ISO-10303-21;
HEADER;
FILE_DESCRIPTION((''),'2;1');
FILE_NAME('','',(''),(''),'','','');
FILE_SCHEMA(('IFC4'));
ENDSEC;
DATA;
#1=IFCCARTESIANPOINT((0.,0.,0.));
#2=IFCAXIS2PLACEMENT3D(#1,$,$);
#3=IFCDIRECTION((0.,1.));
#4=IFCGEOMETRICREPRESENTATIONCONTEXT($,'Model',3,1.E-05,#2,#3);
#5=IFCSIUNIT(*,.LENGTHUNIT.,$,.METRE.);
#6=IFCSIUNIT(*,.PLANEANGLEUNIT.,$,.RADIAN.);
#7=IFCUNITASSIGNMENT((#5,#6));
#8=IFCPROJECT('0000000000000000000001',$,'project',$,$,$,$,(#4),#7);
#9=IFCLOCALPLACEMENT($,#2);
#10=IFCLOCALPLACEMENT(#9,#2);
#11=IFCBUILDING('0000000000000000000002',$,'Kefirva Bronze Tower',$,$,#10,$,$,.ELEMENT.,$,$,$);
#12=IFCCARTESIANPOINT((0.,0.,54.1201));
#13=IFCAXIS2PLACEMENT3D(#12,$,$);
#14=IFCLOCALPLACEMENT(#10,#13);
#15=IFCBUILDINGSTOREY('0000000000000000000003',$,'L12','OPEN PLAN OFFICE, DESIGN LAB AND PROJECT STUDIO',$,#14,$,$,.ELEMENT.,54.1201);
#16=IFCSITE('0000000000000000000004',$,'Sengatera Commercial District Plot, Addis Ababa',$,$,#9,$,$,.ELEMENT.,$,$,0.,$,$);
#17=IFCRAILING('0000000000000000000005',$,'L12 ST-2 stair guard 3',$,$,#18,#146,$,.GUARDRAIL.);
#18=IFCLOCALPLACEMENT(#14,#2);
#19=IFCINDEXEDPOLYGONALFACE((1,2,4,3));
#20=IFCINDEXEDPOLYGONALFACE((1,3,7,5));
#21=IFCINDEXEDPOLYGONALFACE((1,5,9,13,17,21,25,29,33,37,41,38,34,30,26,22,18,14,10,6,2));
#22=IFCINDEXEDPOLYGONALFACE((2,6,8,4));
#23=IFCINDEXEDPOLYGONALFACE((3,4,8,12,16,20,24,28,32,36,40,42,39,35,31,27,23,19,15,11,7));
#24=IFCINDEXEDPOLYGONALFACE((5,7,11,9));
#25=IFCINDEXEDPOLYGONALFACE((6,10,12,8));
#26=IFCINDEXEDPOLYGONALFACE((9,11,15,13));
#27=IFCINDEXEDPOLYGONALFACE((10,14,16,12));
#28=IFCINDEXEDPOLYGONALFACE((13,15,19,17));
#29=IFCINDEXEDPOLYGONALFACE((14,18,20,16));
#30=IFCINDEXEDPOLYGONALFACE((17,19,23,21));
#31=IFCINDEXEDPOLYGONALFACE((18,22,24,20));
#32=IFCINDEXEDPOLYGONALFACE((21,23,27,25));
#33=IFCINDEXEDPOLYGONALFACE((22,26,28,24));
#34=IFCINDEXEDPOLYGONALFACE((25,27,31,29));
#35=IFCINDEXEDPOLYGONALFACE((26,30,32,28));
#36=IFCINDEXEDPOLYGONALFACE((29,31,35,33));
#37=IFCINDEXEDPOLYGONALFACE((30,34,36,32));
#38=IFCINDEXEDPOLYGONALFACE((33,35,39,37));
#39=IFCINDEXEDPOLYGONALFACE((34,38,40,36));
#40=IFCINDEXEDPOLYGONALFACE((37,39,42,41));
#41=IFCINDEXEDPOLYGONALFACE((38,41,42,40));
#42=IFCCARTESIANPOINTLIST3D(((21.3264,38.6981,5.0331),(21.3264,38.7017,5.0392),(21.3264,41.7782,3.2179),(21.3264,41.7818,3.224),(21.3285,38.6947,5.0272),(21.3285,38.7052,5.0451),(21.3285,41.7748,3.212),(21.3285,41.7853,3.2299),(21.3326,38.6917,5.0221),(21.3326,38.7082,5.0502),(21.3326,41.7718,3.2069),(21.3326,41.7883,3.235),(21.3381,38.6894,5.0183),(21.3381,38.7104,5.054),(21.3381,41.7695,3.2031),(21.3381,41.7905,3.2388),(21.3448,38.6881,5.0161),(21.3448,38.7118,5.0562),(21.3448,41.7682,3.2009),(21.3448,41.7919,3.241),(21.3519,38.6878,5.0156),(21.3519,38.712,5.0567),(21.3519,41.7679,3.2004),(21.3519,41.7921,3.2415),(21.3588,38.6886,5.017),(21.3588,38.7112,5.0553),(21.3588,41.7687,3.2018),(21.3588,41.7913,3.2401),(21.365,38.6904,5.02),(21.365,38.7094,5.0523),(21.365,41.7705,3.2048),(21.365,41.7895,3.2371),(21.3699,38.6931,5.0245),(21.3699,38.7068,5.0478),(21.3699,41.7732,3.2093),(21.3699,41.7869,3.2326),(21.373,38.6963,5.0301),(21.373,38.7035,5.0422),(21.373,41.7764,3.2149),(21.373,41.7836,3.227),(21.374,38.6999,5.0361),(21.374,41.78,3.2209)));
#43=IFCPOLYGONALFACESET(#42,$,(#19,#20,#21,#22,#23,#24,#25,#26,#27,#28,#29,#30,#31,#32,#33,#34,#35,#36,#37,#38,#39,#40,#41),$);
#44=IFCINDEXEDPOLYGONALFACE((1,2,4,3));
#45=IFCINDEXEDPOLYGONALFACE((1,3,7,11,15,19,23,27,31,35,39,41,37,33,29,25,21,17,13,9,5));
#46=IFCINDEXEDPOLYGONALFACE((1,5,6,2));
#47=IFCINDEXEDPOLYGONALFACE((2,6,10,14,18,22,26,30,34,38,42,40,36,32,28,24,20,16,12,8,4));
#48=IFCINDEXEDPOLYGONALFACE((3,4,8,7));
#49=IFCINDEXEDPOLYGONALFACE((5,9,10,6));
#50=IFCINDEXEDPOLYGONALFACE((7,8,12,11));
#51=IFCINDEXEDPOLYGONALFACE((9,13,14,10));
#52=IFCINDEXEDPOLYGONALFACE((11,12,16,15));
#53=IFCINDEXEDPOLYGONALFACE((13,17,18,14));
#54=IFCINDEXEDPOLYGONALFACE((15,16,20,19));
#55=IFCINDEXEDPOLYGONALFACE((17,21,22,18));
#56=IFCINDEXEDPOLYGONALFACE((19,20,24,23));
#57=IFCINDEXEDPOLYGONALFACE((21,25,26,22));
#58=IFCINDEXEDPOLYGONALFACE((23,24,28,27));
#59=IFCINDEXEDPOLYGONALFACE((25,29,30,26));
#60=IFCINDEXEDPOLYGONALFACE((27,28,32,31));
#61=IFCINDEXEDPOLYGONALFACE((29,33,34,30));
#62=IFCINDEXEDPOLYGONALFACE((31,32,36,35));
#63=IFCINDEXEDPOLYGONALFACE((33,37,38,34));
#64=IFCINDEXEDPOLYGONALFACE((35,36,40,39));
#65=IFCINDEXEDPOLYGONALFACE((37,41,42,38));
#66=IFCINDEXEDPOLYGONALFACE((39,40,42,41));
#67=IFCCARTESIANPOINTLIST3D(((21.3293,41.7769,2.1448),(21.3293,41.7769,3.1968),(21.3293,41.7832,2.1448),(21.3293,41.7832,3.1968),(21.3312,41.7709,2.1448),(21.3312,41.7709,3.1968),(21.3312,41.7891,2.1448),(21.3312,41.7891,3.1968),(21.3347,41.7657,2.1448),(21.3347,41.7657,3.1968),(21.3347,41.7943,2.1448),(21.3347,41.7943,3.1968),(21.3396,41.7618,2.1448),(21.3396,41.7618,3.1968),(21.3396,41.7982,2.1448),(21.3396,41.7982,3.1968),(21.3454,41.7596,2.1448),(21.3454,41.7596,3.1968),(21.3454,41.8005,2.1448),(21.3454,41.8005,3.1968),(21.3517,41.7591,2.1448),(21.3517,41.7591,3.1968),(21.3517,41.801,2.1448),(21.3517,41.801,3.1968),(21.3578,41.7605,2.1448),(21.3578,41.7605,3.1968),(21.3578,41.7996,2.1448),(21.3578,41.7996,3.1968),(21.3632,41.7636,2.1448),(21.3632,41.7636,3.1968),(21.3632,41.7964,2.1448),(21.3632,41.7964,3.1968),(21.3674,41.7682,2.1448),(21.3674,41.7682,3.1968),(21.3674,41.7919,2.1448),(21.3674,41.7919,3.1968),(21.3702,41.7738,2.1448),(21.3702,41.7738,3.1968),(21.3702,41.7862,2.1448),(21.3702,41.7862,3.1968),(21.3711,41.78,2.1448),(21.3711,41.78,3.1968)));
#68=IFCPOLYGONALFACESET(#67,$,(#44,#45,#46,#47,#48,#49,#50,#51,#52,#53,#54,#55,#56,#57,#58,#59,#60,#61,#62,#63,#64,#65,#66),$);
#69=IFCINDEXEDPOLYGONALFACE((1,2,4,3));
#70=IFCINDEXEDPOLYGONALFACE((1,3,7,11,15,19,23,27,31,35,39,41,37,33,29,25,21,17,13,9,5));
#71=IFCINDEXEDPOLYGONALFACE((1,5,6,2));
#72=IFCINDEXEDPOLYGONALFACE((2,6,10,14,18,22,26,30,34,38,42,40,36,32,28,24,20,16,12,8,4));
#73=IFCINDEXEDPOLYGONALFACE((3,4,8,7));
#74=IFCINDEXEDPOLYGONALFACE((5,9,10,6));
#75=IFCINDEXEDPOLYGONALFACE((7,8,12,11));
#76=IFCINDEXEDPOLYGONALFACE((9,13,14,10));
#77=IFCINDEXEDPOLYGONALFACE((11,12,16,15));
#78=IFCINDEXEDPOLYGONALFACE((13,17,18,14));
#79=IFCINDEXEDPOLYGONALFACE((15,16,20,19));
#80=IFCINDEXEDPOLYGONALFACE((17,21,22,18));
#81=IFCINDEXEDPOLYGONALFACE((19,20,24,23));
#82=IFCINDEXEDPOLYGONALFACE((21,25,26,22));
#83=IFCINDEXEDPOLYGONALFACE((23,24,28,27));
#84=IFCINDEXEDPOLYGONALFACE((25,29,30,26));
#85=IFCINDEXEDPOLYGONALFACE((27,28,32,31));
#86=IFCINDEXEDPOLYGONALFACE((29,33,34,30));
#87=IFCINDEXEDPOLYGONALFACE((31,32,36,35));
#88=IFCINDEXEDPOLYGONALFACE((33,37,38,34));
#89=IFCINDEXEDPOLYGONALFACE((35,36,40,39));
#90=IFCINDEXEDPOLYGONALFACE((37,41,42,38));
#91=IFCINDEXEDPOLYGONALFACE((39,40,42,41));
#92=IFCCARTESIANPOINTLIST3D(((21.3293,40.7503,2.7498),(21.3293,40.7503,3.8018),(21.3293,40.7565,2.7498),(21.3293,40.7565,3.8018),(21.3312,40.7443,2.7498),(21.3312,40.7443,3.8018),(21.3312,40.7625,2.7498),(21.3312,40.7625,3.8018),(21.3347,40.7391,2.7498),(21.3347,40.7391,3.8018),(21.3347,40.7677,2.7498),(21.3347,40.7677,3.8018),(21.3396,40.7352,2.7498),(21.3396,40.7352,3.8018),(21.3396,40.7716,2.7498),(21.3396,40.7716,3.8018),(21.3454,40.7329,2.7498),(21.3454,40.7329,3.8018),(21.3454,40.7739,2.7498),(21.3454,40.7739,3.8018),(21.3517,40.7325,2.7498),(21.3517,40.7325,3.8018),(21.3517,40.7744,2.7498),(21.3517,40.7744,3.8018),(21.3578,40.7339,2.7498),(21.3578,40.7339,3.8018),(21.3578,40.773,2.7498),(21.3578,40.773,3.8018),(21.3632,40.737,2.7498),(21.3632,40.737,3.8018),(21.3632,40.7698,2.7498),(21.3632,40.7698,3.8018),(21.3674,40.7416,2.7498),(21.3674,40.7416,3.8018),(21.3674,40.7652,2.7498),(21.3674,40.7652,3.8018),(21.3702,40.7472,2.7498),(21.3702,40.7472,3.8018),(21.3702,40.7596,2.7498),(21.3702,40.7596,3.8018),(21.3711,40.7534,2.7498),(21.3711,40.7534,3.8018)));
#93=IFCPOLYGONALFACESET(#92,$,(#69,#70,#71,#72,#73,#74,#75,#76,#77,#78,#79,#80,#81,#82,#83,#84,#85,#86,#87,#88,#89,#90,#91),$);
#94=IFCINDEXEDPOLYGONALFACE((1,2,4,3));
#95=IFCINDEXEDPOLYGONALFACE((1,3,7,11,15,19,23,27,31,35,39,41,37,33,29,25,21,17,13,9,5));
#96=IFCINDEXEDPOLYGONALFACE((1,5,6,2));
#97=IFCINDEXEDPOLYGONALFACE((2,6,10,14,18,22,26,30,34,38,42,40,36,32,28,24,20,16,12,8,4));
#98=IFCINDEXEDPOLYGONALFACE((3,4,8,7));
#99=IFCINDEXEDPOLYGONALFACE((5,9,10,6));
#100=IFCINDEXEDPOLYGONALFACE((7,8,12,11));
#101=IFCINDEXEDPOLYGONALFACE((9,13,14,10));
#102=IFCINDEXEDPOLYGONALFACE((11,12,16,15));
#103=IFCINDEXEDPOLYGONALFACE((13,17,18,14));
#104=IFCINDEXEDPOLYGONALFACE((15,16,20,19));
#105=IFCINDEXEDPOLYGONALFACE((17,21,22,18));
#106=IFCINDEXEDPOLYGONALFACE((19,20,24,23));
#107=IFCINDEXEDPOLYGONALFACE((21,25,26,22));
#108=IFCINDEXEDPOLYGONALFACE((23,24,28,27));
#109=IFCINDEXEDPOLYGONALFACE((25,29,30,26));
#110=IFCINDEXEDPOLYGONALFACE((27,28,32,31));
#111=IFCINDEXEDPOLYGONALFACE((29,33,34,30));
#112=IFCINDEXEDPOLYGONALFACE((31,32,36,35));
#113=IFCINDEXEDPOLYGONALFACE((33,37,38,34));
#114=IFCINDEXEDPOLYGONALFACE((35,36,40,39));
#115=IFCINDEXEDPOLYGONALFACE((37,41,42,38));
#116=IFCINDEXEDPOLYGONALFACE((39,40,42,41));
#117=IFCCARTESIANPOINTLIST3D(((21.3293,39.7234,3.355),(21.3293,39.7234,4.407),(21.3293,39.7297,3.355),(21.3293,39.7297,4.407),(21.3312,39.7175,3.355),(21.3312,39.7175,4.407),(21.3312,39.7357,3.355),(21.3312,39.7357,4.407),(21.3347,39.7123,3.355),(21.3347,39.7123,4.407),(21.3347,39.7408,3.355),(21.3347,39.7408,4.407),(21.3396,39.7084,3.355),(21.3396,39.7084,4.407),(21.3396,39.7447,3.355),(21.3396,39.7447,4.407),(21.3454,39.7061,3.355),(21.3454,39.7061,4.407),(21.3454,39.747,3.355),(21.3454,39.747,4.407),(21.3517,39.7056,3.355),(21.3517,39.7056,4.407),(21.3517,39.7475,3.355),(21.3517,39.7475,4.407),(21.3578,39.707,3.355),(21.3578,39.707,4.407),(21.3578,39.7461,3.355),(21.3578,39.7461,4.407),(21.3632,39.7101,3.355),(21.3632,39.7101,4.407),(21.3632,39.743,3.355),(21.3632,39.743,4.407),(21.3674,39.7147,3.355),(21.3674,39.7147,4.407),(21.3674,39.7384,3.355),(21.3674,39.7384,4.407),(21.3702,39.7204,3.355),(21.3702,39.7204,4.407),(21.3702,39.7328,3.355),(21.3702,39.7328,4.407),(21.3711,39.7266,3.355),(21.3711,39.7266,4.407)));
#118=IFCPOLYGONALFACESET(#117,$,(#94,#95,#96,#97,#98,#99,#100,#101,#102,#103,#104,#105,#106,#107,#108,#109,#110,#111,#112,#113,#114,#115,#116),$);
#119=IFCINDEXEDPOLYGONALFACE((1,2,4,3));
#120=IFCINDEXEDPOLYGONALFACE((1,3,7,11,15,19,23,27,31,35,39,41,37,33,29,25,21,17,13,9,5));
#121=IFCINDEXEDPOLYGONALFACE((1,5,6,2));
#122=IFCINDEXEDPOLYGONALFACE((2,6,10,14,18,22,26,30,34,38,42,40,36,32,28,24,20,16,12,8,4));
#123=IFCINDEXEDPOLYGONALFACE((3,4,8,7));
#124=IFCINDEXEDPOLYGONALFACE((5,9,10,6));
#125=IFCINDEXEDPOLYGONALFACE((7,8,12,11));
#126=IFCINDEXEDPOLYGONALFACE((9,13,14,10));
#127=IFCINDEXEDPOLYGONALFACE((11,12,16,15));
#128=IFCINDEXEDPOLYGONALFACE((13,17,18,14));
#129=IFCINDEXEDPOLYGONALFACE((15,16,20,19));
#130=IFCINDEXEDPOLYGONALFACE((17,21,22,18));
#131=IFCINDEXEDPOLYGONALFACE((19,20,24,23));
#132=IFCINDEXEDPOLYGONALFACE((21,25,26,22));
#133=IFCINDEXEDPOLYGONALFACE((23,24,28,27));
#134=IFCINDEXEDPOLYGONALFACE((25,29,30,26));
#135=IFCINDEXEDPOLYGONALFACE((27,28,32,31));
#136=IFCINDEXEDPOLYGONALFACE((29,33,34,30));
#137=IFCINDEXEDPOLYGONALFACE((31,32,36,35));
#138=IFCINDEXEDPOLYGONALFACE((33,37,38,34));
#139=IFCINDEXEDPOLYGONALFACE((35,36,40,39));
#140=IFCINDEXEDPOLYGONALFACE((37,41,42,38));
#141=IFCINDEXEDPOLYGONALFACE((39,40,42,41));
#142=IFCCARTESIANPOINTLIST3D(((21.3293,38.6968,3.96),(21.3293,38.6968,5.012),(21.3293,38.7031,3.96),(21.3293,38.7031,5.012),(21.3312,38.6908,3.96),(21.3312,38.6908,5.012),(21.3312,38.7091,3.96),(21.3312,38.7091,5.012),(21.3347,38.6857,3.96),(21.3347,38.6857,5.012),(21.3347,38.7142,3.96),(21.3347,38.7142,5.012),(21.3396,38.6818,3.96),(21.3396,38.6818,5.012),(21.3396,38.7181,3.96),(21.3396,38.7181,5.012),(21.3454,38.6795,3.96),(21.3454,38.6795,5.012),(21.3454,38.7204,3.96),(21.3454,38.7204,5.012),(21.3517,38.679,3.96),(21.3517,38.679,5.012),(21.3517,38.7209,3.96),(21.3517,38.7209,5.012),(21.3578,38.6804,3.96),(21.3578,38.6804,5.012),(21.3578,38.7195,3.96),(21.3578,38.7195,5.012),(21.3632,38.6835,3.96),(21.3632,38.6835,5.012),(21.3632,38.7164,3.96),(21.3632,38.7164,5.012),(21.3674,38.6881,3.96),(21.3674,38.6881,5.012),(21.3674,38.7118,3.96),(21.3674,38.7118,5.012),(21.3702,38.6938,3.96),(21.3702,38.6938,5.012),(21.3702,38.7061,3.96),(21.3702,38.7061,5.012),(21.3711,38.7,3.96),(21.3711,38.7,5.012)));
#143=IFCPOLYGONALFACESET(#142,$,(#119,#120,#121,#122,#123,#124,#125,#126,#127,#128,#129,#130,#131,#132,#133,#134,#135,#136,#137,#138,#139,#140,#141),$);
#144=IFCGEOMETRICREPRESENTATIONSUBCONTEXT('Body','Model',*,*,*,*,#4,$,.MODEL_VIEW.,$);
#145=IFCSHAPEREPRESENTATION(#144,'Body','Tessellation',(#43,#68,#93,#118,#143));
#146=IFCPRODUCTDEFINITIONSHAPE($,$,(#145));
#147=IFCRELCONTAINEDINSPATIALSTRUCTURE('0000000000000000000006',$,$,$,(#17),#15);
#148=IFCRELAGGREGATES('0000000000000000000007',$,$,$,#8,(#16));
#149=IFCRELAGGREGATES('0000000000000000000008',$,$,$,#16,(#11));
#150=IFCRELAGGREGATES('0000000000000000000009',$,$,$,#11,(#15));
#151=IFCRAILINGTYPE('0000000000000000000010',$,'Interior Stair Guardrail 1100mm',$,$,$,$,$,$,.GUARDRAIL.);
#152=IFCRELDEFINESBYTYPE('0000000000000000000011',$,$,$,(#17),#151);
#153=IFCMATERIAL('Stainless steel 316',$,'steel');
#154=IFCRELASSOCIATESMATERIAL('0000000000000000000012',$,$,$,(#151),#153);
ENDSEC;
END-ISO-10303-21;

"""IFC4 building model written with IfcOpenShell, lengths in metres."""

from ifc_helpers import new_model, si_unit, direction, frame, origin, origin_2d, place, context, subcontext, project, spatial, circle, extrude, material, type_object, element, save


model = new_model("IFC4")

# Units and contexts
model_context = context("Model", 3, precision=1e-05, world=origin(), true_north=direction((0.0, 1.0)))
body_context = subcontext(model_context, "Body", "Model", "MODEL_VIEW")
ifc_project = project(units=[si_unit("LENGTHUNIT", "METRE"), si_unit("PLANEANGLEUNIT", "RADIAN")], contexts=[model_context])

# Site, building, storey
site_placement = place(None, origin())
site = spatial("IfcSite", under=ifc_project, at=site_placement, Name="Sengatera Commercial District Plot, Addis Ababa", CompositionType="ELEMENT", RefElevation=0.0)
building_placement = place(site_placement, origin())
building = spatial("IfcBuilding", under=site, at=building_placement, Name="Kefirva Bronze Tower", CompositionType="ELEMENT")
storey_placement = place(building_placement, frame((0.0, 0.0, 54.1201)))
storey = spatial("IfcBuildingStorey", under=building, at=storey_placement, Name="L12", Description="OPEN PLAN OFFICE, DESIGN LAB AND PROJECT STUDIO", CompositionType="ELEMENT", Elevation=54.1201)

# Railing
ifc_material_1 = material(Name="Stainless steel 316", Category="steel")
railing_type_1 = type_object("IfcRailingType", Name="Interior Stair Guardrail 1100mm", PredefinedType="GUARDRAIL", material=ifc_material_1)
railing_1_placement = place(storey_placement, frame((21.3501, 41.78, 2.1448)))
element("IfcRailing", 1, at=railing_1_placement, inside=storey, type_object=railing_type_1, Name="L12 ST-2 stair guard 3", PredefinedType="GUARDRAIL", context=body_context, shape_type="SweptSolid", body=[
    extrude(circle(Radius=0.0239, at=origin_2d()), frame((0.0, 0.0, 1.0762), z_axis=(0.0, -0.861521, 0.507721), x_axis=(1.0, 0.0, 0.0)), (0.0, 0.0, 1.0), 3.5752),
    extrude(circle(Radius=0.021, at=origin_2d()), origin(), (0.0, 0.0, 1.0), 1.052),
    extrude(circle(Radius=0.021, at=origin_2d()), frame((0.0, -1.0266, 0.605)), (0.0, 0.0, 1.0), 1.052),
    extrude(circle(Radius=0.021, at=origin_2d()), frame((0.0, -2.0535, 1.2102)), (0.0, 0.0, 1.0), 1.052),
    extrude(circle(Radius=0.021, at=origin_2d()), frame((0.0, -3.0801, 1.8152)), (0.0, 0.0, 1.0), 1.052),
])

save(model, "model.ifc")
